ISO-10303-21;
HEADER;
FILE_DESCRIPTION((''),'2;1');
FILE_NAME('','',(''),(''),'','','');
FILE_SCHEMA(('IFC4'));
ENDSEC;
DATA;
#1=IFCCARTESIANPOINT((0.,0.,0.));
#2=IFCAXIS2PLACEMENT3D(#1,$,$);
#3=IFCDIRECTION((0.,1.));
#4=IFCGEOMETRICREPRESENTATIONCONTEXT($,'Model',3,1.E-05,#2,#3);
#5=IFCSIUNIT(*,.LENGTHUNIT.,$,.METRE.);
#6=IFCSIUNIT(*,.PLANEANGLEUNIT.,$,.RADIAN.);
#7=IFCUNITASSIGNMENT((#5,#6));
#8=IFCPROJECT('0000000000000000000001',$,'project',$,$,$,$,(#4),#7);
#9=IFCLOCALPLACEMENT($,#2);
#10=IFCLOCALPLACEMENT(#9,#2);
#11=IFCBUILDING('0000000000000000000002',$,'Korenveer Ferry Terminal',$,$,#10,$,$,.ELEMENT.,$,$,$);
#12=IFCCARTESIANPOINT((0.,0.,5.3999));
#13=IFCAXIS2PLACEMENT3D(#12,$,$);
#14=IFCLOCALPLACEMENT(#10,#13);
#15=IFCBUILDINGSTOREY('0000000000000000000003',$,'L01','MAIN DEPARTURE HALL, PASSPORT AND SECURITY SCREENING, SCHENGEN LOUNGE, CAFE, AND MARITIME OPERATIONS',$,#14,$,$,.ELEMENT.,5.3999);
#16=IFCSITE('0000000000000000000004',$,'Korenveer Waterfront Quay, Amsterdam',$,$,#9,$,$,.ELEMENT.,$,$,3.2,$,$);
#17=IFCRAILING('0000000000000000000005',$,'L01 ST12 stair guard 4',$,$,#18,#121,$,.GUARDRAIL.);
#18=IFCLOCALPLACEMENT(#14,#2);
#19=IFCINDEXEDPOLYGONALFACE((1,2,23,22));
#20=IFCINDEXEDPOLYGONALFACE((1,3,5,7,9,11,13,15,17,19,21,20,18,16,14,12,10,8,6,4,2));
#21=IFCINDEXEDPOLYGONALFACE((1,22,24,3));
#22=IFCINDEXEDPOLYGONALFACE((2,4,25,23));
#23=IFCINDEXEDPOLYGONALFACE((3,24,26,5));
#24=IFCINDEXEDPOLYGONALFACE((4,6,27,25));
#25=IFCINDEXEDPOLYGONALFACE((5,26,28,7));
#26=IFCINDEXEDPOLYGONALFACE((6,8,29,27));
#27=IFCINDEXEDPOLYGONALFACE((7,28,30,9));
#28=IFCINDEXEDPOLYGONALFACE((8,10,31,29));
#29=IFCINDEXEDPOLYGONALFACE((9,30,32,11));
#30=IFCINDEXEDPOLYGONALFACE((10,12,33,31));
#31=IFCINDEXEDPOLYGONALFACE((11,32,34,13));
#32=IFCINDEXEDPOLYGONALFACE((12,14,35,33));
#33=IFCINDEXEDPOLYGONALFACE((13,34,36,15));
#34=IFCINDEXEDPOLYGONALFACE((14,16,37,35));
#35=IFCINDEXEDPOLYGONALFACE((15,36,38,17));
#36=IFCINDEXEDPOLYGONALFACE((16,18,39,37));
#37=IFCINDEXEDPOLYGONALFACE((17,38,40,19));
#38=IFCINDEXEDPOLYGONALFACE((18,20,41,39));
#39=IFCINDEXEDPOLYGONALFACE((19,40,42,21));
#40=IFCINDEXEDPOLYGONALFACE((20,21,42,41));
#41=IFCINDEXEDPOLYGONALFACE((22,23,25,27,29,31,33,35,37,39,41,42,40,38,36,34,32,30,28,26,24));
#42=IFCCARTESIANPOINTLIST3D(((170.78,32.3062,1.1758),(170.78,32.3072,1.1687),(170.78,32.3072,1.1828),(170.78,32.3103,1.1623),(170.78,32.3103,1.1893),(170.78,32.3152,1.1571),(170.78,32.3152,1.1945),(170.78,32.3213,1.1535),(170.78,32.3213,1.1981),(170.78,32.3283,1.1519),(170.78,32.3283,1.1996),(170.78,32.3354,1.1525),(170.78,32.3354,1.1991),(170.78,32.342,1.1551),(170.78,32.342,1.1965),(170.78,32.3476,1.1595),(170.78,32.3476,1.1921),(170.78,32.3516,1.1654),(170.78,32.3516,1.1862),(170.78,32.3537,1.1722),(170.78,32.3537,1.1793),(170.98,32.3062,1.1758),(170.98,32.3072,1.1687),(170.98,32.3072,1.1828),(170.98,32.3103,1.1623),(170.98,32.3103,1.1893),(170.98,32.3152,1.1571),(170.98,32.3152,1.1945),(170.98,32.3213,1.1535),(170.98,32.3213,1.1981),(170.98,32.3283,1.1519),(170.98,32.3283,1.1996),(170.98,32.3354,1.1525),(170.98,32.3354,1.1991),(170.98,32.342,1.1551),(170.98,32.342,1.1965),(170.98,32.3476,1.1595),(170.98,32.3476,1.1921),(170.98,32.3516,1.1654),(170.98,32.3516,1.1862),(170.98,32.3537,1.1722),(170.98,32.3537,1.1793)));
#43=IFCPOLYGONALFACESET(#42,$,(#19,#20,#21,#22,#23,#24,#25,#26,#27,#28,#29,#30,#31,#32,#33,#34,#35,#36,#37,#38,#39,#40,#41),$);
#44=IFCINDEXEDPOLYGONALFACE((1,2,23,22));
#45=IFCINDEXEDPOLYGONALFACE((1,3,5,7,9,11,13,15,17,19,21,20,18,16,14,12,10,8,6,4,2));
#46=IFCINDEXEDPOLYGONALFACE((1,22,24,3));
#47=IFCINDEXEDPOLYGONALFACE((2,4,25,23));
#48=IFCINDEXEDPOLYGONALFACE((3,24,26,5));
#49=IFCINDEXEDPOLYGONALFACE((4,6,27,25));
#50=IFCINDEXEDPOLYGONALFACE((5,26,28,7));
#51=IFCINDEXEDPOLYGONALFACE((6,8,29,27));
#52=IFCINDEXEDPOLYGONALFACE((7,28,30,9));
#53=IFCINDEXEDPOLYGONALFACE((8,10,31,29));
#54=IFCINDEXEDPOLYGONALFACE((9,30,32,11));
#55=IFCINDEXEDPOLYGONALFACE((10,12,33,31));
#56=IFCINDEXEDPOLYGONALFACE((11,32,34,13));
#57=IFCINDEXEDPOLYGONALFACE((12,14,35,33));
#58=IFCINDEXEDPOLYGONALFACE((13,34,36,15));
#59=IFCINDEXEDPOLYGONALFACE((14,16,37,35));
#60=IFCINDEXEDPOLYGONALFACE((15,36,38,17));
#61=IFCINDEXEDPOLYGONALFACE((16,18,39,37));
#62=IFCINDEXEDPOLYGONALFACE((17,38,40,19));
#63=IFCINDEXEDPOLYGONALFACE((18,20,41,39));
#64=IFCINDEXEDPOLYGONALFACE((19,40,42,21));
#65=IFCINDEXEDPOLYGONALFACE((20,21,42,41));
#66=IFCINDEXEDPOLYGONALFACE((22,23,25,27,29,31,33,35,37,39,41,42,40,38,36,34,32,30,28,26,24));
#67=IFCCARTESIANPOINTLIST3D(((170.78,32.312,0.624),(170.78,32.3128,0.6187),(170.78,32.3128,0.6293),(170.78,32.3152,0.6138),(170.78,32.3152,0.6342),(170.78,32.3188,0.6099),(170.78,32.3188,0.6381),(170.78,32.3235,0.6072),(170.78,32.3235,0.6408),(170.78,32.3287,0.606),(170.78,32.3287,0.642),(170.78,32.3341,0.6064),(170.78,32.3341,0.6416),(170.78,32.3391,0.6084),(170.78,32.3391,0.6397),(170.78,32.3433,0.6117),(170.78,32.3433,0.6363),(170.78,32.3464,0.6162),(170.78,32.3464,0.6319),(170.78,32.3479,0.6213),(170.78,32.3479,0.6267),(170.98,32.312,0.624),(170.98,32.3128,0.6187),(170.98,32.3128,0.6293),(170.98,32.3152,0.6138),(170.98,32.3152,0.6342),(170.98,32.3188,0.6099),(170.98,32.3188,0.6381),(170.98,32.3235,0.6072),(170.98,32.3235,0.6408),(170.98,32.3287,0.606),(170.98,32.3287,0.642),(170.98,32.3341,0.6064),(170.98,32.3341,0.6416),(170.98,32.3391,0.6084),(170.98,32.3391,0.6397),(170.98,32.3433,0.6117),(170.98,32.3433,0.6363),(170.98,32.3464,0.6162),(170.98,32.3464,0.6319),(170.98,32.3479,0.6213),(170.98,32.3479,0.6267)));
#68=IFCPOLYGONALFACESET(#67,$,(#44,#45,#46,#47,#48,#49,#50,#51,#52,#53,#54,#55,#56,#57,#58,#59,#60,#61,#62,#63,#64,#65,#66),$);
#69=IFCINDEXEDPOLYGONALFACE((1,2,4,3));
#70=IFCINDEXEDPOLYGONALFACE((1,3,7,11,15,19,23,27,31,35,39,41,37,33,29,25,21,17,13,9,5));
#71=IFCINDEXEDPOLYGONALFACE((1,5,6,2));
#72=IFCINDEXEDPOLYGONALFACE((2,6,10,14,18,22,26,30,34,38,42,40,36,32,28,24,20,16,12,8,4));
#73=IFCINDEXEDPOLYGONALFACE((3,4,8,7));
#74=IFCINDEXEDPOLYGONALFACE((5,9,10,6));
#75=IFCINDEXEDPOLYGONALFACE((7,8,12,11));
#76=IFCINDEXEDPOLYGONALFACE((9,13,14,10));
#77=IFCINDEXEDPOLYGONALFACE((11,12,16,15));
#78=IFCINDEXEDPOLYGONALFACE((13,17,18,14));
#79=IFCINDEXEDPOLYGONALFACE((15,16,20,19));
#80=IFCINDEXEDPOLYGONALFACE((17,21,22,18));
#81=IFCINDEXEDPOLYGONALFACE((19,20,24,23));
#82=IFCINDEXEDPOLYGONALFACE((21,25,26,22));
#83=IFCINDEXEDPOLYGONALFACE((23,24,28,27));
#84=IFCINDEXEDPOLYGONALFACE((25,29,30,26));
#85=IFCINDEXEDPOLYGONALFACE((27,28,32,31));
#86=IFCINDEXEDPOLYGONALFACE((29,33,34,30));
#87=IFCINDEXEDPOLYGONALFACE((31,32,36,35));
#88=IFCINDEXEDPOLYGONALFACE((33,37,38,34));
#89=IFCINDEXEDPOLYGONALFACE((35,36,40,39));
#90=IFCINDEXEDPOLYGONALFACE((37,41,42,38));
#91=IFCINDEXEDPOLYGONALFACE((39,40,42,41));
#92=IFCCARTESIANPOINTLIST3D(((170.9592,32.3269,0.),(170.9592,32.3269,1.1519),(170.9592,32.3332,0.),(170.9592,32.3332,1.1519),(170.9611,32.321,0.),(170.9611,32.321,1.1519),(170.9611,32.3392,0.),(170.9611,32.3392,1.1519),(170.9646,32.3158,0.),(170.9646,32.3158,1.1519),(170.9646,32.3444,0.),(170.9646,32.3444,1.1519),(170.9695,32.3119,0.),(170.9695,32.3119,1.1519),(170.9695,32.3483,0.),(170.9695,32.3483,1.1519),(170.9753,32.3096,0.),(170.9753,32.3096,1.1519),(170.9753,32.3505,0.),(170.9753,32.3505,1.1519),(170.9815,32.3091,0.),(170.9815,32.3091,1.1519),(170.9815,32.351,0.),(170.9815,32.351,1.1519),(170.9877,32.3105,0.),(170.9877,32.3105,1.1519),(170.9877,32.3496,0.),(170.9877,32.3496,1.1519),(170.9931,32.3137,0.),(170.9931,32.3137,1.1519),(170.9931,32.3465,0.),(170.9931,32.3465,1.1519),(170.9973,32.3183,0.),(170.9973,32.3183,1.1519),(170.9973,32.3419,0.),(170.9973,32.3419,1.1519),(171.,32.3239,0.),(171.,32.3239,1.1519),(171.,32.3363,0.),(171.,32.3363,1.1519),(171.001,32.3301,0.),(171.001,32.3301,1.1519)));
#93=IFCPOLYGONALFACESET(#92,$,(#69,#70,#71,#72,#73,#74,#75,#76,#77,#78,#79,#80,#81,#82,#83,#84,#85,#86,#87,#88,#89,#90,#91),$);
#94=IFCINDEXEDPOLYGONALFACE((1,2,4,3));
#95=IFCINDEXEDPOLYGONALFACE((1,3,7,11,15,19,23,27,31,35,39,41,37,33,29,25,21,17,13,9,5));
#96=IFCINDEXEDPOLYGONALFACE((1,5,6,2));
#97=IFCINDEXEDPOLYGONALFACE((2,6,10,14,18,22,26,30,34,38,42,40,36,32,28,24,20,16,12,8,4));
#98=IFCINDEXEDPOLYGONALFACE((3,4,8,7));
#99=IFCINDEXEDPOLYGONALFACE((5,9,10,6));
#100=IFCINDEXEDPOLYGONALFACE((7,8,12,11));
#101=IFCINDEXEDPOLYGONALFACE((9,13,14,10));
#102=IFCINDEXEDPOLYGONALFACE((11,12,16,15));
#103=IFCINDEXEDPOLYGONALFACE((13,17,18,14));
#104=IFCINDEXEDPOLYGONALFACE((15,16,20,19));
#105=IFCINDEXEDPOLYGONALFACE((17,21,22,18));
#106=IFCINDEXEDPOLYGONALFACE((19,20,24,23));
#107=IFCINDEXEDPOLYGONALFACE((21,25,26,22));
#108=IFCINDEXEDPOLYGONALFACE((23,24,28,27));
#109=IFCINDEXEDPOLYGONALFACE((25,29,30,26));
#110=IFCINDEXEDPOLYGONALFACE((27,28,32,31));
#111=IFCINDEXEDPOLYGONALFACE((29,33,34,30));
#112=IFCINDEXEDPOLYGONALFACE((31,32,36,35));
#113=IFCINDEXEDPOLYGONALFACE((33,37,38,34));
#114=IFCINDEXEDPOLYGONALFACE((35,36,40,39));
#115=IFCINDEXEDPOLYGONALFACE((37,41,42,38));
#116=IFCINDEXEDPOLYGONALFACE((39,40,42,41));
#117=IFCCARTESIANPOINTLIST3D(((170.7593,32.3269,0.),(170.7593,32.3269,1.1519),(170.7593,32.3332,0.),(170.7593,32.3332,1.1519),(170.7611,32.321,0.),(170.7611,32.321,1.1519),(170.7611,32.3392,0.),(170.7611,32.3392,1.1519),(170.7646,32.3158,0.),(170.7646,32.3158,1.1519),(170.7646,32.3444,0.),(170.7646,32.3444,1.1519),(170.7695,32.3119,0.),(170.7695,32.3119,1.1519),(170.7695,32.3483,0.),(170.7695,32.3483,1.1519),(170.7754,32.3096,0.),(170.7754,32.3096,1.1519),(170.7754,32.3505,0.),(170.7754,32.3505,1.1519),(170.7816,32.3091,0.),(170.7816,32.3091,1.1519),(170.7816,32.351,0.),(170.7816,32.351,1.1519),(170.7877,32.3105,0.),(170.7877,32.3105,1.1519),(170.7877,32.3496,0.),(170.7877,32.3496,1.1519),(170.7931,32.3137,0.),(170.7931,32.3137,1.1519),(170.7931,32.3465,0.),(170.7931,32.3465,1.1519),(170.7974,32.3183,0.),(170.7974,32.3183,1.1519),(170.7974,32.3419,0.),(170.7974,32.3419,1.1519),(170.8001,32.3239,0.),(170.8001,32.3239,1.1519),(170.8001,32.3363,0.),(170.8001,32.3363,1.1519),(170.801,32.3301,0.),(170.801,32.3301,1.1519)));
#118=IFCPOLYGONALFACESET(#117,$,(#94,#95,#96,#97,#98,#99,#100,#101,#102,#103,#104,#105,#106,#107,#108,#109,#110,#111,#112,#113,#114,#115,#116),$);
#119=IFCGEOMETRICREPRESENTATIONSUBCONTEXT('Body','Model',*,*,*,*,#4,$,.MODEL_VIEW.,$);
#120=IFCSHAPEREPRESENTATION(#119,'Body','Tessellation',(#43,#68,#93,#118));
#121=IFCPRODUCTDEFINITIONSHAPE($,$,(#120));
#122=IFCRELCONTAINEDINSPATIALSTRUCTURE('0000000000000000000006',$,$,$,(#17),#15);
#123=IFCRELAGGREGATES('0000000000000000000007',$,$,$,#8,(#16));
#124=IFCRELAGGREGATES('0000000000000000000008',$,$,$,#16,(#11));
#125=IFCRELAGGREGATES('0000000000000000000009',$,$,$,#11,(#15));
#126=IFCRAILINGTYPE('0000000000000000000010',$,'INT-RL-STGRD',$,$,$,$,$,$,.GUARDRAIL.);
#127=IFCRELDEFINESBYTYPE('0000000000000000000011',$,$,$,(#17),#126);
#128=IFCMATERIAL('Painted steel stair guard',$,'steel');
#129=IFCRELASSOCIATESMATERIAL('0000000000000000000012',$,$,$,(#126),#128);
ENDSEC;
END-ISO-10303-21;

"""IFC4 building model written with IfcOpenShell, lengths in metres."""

from ifc_helpers import new_model, si_unit, direction, frame, origin, origin_2d, place, context, subcontext, project, spatial, circle, extrude, material, type_object, element, save


model = new_model("IFC4")

# Units and contexts
model_context = context("Model", 3, precision=1e-05, world=origin(), true_north=direction((0.0, 1.0)))
body_context = subcontext(model_context, "Body", "Model", "MODEL_VIEW")
ifc_project = project(units=[si_unit("LENGTHUNIT", "METRE"), si_unit("PLANEANGLEUNIT", "RADIAN")], contexts=[model_context])

# Site, building, storey
site_placement = place(None, origin())
site = spatial("IfcSite", under=ifc_project, at=site_placement, Name="Korenveer Waterfront Quay, Amsterdam", CompositionType="ELEMENT", RefElevation=3.2)
building_placement = place(site_placement, origin())
building = spatial("IfcBuilding", under=site, at=building_placement, Name="Korenveer Ferry Terminal", CompositionType="ELEMENT")
storey_placement = place(building_placement, frame((0.0, 0.0, 5.3999)))
storey = spatial("IfcBuildingStorey", under=building, at=storey_placement, Name="L01", Description="MAIN DEPARTURE HALL, PASSPORT AND SECURITY SCREENING, SCHENGEN LOUNGE, CAFE, AND MARITIME OPERATIONS", CompositionType="ELEMENT", Elevation=5.3999)

# Railing
ifc_material_1 = material(Name="Painted steel stair guard", Category="steel")
railing_type_1 = type_object("IfcRailingType", Name="INT-RL-STGRD", PredefinedType="GUARDRAIL", material=ifc_material_1)
railing_1_placement = place(storey_placement, frame((170.98, 32.3301, 0.0)))
element("IfcRailing", 1, at=railing_1_placement, inside=storey, type_object=railing_type_1, Name="L01 ST12 stair guard 4", PredefinedType="GUARDRAIL", context=body_context, shape_type="SweptSolid", body=[
    extrude(circle(Radius=0.0239, at=origin_2d()), frame((0.0, 0.0, 1.1758), z_axis=(-1.0, 0.0, 0.0), x_axis=(0.0, -1.0, 0.0)), (0.0, 0.0, 1.0), 0.2),
    extrude(circle(Radius=0.0181, at=origin_2d()), frame((0.0, 0.0, 0.624), z_axis=(-1.0, 0.0, 0.0), x_axis=(0.0, -1.0, 0.0)), (0.0, 0.0, 1.0), 0.2),
    extrude(circle(Radius=0.021, at=origin_2d()), origin(), (0.0, 0.0, 1.0), 1.1519),
    extrude(circle(Radius=0.021, at=origin_2d()), frame((-0.2, 0.0, 0.0)), (0.0, 0.0, 1.0), 1.1519),
])

save(model, "model.ifc")
